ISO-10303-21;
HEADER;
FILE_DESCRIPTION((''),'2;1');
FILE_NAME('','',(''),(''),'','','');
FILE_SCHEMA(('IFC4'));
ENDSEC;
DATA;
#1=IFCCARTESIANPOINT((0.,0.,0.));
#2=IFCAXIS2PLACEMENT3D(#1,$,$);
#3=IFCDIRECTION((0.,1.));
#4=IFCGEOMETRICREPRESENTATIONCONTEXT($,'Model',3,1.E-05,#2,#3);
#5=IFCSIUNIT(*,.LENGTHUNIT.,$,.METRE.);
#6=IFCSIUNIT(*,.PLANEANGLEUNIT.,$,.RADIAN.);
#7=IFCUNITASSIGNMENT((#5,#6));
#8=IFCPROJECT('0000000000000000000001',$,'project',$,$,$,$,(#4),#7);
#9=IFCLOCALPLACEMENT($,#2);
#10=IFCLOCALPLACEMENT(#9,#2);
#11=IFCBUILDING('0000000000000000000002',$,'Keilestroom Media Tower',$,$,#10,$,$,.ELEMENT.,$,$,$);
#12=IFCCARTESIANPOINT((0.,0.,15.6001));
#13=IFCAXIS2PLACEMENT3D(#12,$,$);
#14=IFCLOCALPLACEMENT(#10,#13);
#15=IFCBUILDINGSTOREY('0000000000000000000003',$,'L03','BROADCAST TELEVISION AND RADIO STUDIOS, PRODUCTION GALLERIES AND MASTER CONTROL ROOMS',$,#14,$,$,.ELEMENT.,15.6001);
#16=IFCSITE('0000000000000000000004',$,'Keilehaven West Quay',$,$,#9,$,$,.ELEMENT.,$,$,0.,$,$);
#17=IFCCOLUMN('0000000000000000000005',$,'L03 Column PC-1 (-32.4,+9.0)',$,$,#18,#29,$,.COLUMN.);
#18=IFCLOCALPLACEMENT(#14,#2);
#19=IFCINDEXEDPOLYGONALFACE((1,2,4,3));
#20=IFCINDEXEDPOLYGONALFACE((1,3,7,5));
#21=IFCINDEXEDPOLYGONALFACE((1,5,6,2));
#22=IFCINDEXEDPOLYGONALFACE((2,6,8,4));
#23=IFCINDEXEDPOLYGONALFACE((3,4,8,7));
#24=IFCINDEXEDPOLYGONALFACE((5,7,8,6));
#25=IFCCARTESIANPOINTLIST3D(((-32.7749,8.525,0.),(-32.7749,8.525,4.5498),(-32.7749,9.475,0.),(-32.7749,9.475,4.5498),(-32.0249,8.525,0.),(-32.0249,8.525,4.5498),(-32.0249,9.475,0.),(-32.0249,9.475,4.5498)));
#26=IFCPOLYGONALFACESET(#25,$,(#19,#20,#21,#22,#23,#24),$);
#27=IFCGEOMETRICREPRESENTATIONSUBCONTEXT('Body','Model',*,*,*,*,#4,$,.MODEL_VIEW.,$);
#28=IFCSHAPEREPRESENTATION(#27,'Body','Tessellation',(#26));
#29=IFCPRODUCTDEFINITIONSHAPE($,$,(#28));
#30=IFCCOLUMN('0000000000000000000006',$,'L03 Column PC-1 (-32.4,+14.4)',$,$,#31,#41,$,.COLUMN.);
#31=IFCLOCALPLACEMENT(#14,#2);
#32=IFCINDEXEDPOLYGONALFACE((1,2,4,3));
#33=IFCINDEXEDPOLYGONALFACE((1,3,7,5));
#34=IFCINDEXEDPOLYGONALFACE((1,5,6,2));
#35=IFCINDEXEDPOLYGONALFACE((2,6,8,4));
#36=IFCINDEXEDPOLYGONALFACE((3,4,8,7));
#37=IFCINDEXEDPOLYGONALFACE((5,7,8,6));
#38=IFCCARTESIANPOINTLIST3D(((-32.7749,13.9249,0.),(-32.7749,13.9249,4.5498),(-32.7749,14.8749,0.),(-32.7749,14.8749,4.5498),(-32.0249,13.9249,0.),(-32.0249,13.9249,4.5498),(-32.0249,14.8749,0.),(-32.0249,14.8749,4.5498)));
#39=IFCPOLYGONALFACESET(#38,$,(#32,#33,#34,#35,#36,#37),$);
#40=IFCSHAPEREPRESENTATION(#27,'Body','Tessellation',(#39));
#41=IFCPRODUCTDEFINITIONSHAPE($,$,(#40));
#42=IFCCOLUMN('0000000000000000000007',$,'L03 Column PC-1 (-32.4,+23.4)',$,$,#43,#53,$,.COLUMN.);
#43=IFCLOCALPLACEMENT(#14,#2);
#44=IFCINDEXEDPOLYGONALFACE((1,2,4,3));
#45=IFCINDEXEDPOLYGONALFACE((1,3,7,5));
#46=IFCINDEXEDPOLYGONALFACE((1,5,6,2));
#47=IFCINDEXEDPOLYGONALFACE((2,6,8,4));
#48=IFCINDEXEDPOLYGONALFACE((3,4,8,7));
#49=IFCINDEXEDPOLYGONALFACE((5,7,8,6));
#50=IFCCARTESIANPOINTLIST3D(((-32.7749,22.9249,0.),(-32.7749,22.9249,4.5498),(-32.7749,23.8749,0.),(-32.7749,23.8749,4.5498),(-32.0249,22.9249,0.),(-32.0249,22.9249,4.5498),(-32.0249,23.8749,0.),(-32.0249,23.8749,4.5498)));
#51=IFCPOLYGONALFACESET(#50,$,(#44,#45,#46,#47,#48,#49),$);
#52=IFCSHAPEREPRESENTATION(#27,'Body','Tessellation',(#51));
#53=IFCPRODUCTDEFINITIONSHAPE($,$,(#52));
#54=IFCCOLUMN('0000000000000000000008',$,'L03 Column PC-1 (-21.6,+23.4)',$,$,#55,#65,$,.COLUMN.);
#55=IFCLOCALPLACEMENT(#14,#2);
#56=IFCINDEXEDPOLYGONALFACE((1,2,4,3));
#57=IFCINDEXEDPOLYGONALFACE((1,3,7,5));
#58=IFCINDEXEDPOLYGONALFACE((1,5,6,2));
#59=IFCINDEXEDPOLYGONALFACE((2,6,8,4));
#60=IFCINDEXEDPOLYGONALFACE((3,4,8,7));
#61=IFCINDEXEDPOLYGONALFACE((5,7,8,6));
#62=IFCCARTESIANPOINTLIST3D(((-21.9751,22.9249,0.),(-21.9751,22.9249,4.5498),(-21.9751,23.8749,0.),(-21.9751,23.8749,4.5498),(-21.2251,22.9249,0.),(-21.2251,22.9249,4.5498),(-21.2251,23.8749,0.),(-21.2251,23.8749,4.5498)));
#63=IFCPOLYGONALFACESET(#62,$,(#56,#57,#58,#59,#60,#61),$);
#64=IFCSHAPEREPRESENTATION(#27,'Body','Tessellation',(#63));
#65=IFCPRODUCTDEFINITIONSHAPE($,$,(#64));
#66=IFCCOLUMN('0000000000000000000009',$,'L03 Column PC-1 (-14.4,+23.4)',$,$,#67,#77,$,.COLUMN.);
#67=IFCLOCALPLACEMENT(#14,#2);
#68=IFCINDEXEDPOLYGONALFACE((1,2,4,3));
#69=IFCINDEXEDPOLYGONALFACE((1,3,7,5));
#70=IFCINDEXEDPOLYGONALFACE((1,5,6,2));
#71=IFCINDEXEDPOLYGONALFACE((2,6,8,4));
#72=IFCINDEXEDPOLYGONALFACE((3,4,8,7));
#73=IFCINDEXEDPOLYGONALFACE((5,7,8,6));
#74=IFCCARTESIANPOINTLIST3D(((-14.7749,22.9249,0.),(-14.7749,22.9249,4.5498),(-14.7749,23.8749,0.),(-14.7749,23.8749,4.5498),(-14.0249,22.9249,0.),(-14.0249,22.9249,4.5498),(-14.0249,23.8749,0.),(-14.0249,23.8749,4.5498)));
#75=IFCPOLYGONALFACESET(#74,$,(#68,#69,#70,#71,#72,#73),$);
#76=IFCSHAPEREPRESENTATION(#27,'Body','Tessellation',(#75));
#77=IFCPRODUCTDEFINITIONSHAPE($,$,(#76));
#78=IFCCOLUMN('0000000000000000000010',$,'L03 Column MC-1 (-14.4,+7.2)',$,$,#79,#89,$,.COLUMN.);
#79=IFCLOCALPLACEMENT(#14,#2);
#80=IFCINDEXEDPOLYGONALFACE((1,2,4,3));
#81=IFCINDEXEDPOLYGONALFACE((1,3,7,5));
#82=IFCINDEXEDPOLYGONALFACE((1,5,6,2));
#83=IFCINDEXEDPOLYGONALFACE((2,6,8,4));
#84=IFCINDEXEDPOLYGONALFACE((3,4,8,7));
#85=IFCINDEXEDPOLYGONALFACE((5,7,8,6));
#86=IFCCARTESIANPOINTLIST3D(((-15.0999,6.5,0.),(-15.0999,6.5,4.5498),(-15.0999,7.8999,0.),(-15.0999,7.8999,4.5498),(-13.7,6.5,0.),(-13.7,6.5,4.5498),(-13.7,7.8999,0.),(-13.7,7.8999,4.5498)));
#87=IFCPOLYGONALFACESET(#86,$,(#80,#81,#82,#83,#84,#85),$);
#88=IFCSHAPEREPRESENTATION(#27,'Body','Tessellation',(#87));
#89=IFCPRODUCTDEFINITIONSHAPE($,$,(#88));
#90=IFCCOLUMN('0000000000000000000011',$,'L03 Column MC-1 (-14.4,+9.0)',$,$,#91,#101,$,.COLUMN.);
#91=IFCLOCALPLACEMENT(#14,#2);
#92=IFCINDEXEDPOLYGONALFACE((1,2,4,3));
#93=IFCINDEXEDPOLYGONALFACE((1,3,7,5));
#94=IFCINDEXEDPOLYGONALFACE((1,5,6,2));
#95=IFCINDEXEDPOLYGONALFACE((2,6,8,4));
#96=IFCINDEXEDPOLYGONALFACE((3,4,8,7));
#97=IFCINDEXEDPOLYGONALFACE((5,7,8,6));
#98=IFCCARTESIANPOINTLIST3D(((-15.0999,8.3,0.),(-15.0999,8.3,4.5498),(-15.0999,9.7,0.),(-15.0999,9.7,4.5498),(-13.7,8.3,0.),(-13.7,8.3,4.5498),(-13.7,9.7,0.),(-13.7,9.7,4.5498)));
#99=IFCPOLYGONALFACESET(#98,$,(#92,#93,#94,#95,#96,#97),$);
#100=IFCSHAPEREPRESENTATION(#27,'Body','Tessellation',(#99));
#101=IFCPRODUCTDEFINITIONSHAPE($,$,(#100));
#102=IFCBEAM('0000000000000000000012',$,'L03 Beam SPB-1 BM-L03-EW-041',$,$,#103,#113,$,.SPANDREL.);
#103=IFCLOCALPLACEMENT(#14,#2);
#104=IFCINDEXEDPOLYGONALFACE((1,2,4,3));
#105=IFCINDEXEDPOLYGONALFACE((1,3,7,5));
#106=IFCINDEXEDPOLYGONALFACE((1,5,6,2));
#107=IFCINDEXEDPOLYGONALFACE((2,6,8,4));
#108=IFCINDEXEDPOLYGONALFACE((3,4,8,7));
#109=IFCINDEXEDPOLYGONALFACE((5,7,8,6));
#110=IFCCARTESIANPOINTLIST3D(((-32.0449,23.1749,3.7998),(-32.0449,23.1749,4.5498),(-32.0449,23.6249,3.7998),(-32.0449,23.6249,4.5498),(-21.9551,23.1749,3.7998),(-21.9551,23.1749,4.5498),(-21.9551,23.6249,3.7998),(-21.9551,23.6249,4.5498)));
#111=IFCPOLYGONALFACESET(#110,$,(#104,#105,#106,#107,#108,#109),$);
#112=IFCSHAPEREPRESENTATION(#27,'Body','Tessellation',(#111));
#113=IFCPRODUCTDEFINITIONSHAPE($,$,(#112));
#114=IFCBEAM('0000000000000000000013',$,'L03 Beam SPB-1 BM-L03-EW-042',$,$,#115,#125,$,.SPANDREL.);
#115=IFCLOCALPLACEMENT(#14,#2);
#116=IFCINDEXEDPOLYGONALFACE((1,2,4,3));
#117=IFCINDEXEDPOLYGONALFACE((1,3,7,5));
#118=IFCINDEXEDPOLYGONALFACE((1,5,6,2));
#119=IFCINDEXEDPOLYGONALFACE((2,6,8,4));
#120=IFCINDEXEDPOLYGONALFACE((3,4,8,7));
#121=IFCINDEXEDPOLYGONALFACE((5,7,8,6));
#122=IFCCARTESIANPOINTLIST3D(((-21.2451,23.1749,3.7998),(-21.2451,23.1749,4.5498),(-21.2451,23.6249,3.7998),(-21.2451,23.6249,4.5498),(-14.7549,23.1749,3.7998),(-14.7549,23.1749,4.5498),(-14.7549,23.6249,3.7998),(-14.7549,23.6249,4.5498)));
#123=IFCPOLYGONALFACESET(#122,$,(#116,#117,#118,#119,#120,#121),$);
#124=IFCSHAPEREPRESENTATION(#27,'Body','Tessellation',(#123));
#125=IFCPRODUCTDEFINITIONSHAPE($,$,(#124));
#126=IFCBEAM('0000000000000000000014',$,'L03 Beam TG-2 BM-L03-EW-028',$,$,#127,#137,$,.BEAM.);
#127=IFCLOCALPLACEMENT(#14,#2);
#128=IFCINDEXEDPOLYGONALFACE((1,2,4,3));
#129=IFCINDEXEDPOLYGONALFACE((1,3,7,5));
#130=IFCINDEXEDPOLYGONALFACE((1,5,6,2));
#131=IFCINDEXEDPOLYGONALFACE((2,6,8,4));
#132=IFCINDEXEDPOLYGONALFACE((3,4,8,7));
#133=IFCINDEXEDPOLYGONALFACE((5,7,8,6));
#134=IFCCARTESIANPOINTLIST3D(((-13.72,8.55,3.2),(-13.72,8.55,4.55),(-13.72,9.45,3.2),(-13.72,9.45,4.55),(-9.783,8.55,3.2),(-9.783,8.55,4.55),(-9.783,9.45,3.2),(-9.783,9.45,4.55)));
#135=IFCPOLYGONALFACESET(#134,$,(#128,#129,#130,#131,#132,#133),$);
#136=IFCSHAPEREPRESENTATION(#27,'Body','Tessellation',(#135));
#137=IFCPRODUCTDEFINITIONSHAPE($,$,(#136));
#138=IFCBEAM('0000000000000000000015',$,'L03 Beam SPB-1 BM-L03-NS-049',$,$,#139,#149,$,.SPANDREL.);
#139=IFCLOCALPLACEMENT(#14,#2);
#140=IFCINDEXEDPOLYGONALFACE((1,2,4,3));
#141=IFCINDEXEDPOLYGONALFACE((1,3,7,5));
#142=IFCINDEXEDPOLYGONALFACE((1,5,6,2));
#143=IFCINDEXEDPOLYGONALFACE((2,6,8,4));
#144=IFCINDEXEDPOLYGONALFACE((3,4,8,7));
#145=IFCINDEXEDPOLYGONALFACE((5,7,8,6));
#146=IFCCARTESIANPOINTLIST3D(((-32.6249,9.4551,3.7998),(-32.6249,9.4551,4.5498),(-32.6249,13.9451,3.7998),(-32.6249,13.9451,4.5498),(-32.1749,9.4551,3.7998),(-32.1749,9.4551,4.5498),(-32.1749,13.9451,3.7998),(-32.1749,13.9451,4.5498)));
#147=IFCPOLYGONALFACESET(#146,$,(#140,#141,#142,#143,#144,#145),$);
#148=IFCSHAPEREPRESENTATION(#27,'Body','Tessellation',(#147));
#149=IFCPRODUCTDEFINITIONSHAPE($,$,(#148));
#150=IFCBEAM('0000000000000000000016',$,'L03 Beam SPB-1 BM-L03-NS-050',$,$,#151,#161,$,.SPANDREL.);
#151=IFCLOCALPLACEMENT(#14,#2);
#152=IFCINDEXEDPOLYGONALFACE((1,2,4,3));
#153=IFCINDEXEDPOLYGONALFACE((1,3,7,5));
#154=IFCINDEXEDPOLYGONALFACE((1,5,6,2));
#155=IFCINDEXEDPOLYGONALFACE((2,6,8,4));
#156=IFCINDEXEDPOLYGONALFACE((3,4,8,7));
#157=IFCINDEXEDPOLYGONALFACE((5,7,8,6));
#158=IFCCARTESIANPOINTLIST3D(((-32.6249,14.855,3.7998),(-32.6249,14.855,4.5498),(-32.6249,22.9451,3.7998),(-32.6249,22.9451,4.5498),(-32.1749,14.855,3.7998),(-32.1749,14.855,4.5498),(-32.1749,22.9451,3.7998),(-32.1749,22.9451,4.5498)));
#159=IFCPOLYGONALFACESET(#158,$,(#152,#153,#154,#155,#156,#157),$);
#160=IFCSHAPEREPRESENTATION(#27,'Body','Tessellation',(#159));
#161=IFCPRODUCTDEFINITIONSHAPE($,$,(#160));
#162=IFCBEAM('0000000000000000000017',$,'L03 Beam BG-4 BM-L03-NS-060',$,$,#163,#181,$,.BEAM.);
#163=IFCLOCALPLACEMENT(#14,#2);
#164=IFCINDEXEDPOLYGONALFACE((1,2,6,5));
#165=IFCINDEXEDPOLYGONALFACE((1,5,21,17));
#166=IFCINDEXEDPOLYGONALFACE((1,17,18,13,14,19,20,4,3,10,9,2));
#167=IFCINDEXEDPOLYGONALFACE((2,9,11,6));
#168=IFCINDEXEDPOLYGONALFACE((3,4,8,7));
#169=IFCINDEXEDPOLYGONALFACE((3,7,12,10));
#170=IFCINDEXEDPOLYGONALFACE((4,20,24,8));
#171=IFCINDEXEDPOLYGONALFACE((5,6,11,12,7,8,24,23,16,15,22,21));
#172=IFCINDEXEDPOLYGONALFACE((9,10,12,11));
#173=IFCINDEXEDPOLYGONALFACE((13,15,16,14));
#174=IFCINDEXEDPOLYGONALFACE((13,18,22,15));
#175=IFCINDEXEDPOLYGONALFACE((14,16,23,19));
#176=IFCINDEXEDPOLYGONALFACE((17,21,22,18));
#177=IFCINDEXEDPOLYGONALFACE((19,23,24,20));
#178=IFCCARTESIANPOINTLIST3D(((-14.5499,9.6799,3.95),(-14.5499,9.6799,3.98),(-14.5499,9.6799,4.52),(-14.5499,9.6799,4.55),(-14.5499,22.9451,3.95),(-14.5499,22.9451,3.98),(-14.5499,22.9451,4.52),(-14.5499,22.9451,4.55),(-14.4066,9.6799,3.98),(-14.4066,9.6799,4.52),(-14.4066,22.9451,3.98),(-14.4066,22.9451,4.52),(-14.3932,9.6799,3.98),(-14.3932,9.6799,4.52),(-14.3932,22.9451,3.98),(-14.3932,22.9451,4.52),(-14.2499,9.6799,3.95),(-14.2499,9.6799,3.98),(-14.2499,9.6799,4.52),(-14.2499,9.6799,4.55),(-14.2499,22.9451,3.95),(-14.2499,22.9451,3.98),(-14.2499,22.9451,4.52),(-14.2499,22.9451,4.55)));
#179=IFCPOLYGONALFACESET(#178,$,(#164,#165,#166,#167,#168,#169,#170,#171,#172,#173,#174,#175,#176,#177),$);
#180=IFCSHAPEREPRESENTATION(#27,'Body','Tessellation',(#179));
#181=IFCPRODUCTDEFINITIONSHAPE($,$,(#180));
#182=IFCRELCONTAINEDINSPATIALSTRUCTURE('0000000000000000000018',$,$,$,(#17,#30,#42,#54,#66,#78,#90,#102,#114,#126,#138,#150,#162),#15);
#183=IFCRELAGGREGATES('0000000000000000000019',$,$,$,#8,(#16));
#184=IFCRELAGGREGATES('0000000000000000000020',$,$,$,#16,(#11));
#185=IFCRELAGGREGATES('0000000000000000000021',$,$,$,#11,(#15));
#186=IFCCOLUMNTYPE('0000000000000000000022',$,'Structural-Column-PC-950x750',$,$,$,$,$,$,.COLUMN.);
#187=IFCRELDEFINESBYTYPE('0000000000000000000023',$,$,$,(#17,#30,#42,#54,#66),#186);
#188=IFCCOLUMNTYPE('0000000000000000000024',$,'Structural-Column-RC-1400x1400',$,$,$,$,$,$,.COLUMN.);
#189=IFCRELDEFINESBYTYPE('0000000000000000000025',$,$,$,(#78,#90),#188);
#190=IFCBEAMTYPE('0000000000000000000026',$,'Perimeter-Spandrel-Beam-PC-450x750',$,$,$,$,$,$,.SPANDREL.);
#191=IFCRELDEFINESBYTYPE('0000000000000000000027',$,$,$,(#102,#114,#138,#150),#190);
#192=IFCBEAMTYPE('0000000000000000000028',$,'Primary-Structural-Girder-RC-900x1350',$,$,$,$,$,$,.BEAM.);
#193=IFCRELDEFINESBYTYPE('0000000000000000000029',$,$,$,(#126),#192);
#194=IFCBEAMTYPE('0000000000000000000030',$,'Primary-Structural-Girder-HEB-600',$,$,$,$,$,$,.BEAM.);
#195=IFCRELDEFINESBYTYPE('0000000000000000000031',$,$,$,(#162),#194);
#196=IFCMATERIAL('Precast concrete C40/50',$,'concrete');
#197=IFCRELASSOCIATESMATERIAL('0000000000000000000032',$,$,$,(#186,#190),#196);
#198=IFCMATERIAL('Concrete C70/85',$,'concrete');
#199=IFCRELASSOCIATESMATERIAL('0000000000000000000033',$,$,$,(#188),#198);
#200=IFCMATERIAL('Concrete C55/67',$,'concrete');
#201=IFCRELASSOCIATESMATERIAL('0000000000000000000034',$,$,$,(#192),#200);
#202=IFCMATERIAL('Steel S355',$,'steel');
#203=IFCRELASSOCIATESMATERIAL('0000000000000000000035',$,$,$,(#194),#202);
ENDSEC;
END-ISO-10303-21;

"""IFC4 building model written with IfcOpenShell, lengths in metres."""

from ifc_helpers import new_model, si_unit, direction, frame, origin, origin_2d, place, context, subcontext, project, spatial, rectangle, i_section, extrude, source, transform, mapped, material, material_profile, profile_set, type_object, element, save


model = new_model("IFC4")

# Units and contexts
model_context = context("Model", 3, precision=1e-05, world=origin(), true_north=direction((0.0, 1.0)))
body_context = subcontext(model_context, "Body", "Model", "MODEL_VIEW")
ifc_project = project(units=[si_unit("LENGTHUNIT", "METRE"), si_unit("PLANEANGLEUNIT", "RADIAN")], contexts=[model_context])

# Site, building, storey
site_placement = place(None, origin())
site = spatial("IfcSite", under=ifc_project, at=site_placement, Name="Keilehaven West Quay", CompositionType="ELEMENT", RefElevation=0.0)
building_placement = place(site_placement, origin())
building = spatial("IfcBuilding", under=site, at=building_placement, Name="Keilestroom Media Tower", CompositionType="ELEMENT")
storey_placement = place(building_placement, frame((0.0, 0.0, 15.6001)))
storey = spatial("IfcBuildingStorey", under=building, at=storey_placement, Name="L03", Description="BROADCAST TELEVISION AND RADIO STUDIOS, PRODUCTION GALLERIES AND MASTER CONTROL ROOMS", CompositionType="ELEMENT", Elevation=15.6001)

# Columns
ifc_material_1 = material(Name="Precast concrete C40/50", Category="concrete")
ifc_material_profile_1 = material_profile(ifc_material_1, rectangle(XDim=0.75, YDim=0.95, at=origin_2d()), Name="PC 950x750")
ifc_profile_set_1 = profile_set([ifc_material_profile_1], Name="Precast concrete C40/50")
column_type_1 = type_object("IfcColumnType", Name="Structural-Column-PC-950x750", PredefinedType="COLUMN", material=ifc_profile_set_1)
shared_shape_1 = source(origin(), body_context, "Body", "SweptSolid", [
    extrude(rectangle(XDim=0.75, YDim=0.95, at=origin_2d()), origin(), (0.0, 0.0, 1.0), 4.5498),
])
for number, where, z_axis, x_axis, name in (
    (1, (-32.3999, 9.0, 0.0), (0.0, 0.0, 1.0), (1.0, 0.0, 0.0), "L03 Column PC-1 (-32.4,+9.0)"),
    (2, (-32.3999, 14.3999, 0.0), (0.0, 0.0, 1.0), (1.0, 0.0, 0.0), "L03 Column PC-1 (-32.4,+14.4)"),
    (3, (-32.3999, 23.3999, 0.0), (0.0, 0.0, 1.0), (1.0, 0.0, 0.0), "L03 Column PC-1 (-32.4,+23.4)"),
    (4, (-21.6001, 23.3999, 0.0), (0.0, 0.0, 1.0), (1.0, 0.0, 0.0), "L03 Column PC-1 (-21.6,+23.4)"),
    (5, (-14.3999, 23.3999, 0.0), (0.0, 0.0, 1.0), (1.0, 0.0, 0.0), "L03 Column PC-1 (-14.4,+23.4)"),
):
    element("IfcColumn", number, at=place(storey_placement, frame(where, z_axis=z_axis, x_axis=x_axis)), inside=storey, type_object=column_type_1, Name=name, PredefinedType="COLUMN", context=body_context, shape_type="MappedRepresentation", body=[
        mapped(shared_shape_1, transform((0.0, 0.0, 0.0), x_axis=(1.0, 0.0, 0.0), y_axis=(0.0, 1.0, 0.0), z_axis=(0.0, 0.0, 1.0), scale=1.0)),
    ])
ifc_material_2 = material(Name="Concrete C70/85", Category="concrete")
ifc_material_profile_2 = material_profile(ifc_material_2, rectangle(XDim=1.3999, YDim=1.3999, at=origin_2d()), Name="RC 1400x1400")
ifc_profile_set_2 = profile_set([ifc_material_profile_2], Name="Concrete C70/85")
column_type_2 = type_object("IfcColumnType", Name="Structural-Column-RC-1400x1400", PredefinedType="COLUMN", material=ifc_profile_set_2)
shared_shape_2 = source(origin(), body_context, "Body", "SweptSolid", [
    extrude(rectangle(XDim=1.3999, YDim=1.3999, at=origin_2d()), origin(), (0.0, 0.0, 1.0), 4.5498),
])
for number, where, z_axis, x_axis, name in (
    (6, (-14.3999, 7.2, 0.0), (0.0, 0.0, 1.0), (1.0, 0.0, 0.0), "L03 Column MC-1 (-14.4,+7.2)"),
    (7, (-14.3999, 9.0, 0.0), (0.0, 0.0, 1.0), (1.0, 0.0, 0.0), "L03 Column MC-1 (-14.4,+9.0)"),
):
    element("IfcColumn", number, at=place(storey_placement, frame(where, z_axis=z_axis, x_axis=x_axis)), inside=storey, type_object=column_type_2, Name=name, PredefinedType="COLUMN", context=body_context, shape_type="MappedRepresentation", body=[
        mapped(shared_shape_2, transform((0.0, 0.0, 0.0), x_axis=(1.0, 0.0, 0.0), y_axis=(0.0, 1.0, 0.0), z_axis=(0.0, 0.0, 1.0), scale=1.0)),
    ])

# Beams
ifc_material_profile_3 = material_profile(ifc_material_1, rectangle(XDim=0.45, YDim=0.75, at=origin_2d()), Name="PC 450x750")
ifc_profile_set_3 = profile_set([ifc_material_profile_3], Name="Precast concrete C40/50")
beam_type_1 = type_object("IfcBeamType", Name="Perimeter-Spandrel-Beam-PC-450x750", PredefinedType="SPANDREL", material=ifc_profile_set_3)
shared_shape_3 = source(origin(), body_context, "Body", "SweptSolid", [
    extrude(rectangle(XDim=0.45, YDim=0.75, at=origin_2d()), origin(), (0.0, 0.0, 1.0), 10.0898),
])
beam_1_placement = place(storey_placement, frame((-32.0449, 23.3999, 4.1748), z_axis=(1.0, 0.0, 0.0), x_axis=(0.0, 1.0, 0.0)))
element("IfcBeam", 8, at=beam_1_placement, inside=storey, type_object=beam_type_1, Name="L03 Beam SPB-1 BM-L03-EW-041", PredefinedType="SPANDREL", context=body_context, shape_type="MappedRepresentation", body=[
    mapped(shared_shape_3, transform((0.0, 0.0, 0.0), x_axis=(1.0, 0.0, 0.0), y_axis=(0.0, 1.0, 0.0), z_axis=(0.0, 0.0, 1.0), scale=1.0)),
])
shared_shape_4 = source(origin(), body_context, "Body", "SweptSolid", [
    extrude(rectangle(XDim=0.45, YDim=0.75, at=origin_2d()), origin(), (0.0, 0.0, 1.0), 6.4902),
])
beam_2_placement = place(storey_placement, frame((-21.2451, 23.3999, 4.1748), z_axis=(1.0, 0.0, 0.0), x_axis=(0.0, 1.0, 0.0)))
element("IfcBeam", 9, at=beam_2_placement, inside=storey, type_object=beam_type_1, Name="L03 Beam SPB-1 BM-L03-EW-042", PredefinedType="SPANDREL", context=body_context, shape_type="MappedRepresentation", body=[
    mapped(shared_shape_4, transform((0.0, 0.0, 0.0), x_axis=(1.0, 0.0, 0.0), y_axis=(0.0, 1.0, 0.0), z_axis=(0.0, 0.0, 1.0), scale=1.0)),
])
ifc_material_3 = material(Name="Concrete C55/67", Category="concrete")
ifc_material_profile_4 = material_profile(ifc_material_3, rectangle(XDim=0.8999, YDim=1.3501, at=origin_2d()), Name="RC 900x1350")
ifc_profile_set_4 = profile_set([ifc_material_profile_4], Name="Concrete C55/67")
beam_type_2 = type_object("IfcBeamType", Name="Primary-Structural-Girder-RC-900x1350", PredefinedType="BEAM", material=ifc_profile_set_4)
shared_shape_5 = source(origin(), body_context, "Body", "SweptSolid", [
    extrude(rectangle(XDim=0.8999, YDim=1.3501, at=origin_2d()), origin(), (0.0, 0.0, 1.0), 3.937),
])
beam_3_placement = place(storey_placement, frame((-13.72, 9.0, 3.875), z_axis=(1.0, 0.0, 0.0), x_axis=(0.0, 1.0, 0.0)))
element("IfcBeam", 10, at=beam_3_placement, inside=storey, type_object=beam_type_2, Name="L03 Beam TG-2 BM-L03-EW-028", PredefinedType="BEAM", context=body_context, shape_type="MappedRepresentation", body=[
    mapped(shared_shape_5, transform((0.0, 0.0, 0.0), x_axis=(1.0, 0.0, 0.0), y_axis=(0.0, 1.0, 0.0), z_axis=(0.0, 0.0, 1.0), scale=1.0)),
])
shared_shape_6 = source(origin(), body_context, "Body", "SweptSolid", [
    extrude(rectangle(XDim=0.45, YDim=0.75, at=origin_2d()), origin(), (0.0, 0.0, 1.0), 4.49),
])
beam_4_placement = place(storey_placement, frame((-32.3999, 9.4551, 4.1748), z_axis=(0.0, 1.0, 0.0), x_axis=(-1.0, 0.0, 0.0)))
element("IfcBeam", 11, at=beam_4_placement, inside=storey, type_object=beam_type_1, Name="L03 Beam SPB-1 BM-L03-NS-049", PredefinedType="SPANDREL", context=body_context, shape_type="MappedRepresentation", body=[
    mapped(shared_shape_6, transform((0.0, 0.0, 0.0), x_axis=(1.0, 0.0, 0.0), y_axis=(0.0, 1.0, 0.0), z_axis=(0.0, 0.0, 1.0), scale=1.0)),
])
shared_shape_7 = source(origin(), body_context, "Body", "SweptSolid", [
    extrude(rectangle(XDim=0.45, YDim=0.75, at=origin_2d()), origin(), (0.0, 0.0, 1.0), 8.0901),
])
beam_5_placement = place(storey_placement, frame((-32.3999, 14.855, 4.1748), z_axis=(0.0, 1.0, 0.0), x_axis=(-1.0, 0.0, 0.0)))
element("IfcBeam", 12, at=beam_5_placement, inside=storey, type_object=beam_type_1, Name="L03 Beam SPB-1 BM-L03-NS-050", PredefinedType="SPANDREL", context=body_context, shape_type="MappedRepresentation", body=[
    mapped(shared_shape_7, transform((0.0, 0.0, 0.0), x_axis=(1.0, 0.0, 0.0), y_axis=(0.0, 1.0, 0.0), z_axis=(0.0, 0.0, 1.0), scale=1.0)),
])
ifc_material_4 = material(Name="Steel S355", Category="steel")
ifc_material_profile_5 = material_profile(ifc_material_4, i_section(OverallWidth=0.3, OverallDepth=0.6001, WebThickness=0.0134, FlangeThickness=0.03, at=origin_2d()), Name="HEB 600")
ifc_profile_set_5 = profile_set([ifc_material_profile_5], Name="Steel S355")
beam_type_3 = type_object("IfcBeamType", Name="Primary-Structural-Girder-HEB-600", PredefinedType="BEAM", material=ifc_profile_set_5)
shared_shape_8 = source(origin(), body_context, "Body", "SweptSolid", [
    extrude(i_section(OverallWidth=0.3, OverallDepth=0.6001, WebThickness=0.0134, FlangeThickness=0.03, at=origin_2d()), origin(), (0.0, 0.0, 1.0), 13.2651),
])
beam_6_placement = place(storey_placement, frame((-14.3999, 9.6799, 4.25), z_axis=(0.0, 1.0, 0.0), x_axis=(-1.0, 0.0, 0.0)))
element("IfcBeam", 13, at=beam_6_placement, inside=storey, type_object=beam_type_3, Name="L03 Beam BG-4 BM-L03-NS-060", PredefinedType="BEAM", context=body_context, shape_type="MappedRepresentation", body=[
    mapped(shared_shape_8, transform((0.0, 0.0, 0.0), x_axis=(1.0, 0.0, 0.0), y_axis=(0.0, 1.0, 0.0), z_axis=(0.0, 0.0, 1.0), scale=1.0)),
])

save(model, "model.ifc")
